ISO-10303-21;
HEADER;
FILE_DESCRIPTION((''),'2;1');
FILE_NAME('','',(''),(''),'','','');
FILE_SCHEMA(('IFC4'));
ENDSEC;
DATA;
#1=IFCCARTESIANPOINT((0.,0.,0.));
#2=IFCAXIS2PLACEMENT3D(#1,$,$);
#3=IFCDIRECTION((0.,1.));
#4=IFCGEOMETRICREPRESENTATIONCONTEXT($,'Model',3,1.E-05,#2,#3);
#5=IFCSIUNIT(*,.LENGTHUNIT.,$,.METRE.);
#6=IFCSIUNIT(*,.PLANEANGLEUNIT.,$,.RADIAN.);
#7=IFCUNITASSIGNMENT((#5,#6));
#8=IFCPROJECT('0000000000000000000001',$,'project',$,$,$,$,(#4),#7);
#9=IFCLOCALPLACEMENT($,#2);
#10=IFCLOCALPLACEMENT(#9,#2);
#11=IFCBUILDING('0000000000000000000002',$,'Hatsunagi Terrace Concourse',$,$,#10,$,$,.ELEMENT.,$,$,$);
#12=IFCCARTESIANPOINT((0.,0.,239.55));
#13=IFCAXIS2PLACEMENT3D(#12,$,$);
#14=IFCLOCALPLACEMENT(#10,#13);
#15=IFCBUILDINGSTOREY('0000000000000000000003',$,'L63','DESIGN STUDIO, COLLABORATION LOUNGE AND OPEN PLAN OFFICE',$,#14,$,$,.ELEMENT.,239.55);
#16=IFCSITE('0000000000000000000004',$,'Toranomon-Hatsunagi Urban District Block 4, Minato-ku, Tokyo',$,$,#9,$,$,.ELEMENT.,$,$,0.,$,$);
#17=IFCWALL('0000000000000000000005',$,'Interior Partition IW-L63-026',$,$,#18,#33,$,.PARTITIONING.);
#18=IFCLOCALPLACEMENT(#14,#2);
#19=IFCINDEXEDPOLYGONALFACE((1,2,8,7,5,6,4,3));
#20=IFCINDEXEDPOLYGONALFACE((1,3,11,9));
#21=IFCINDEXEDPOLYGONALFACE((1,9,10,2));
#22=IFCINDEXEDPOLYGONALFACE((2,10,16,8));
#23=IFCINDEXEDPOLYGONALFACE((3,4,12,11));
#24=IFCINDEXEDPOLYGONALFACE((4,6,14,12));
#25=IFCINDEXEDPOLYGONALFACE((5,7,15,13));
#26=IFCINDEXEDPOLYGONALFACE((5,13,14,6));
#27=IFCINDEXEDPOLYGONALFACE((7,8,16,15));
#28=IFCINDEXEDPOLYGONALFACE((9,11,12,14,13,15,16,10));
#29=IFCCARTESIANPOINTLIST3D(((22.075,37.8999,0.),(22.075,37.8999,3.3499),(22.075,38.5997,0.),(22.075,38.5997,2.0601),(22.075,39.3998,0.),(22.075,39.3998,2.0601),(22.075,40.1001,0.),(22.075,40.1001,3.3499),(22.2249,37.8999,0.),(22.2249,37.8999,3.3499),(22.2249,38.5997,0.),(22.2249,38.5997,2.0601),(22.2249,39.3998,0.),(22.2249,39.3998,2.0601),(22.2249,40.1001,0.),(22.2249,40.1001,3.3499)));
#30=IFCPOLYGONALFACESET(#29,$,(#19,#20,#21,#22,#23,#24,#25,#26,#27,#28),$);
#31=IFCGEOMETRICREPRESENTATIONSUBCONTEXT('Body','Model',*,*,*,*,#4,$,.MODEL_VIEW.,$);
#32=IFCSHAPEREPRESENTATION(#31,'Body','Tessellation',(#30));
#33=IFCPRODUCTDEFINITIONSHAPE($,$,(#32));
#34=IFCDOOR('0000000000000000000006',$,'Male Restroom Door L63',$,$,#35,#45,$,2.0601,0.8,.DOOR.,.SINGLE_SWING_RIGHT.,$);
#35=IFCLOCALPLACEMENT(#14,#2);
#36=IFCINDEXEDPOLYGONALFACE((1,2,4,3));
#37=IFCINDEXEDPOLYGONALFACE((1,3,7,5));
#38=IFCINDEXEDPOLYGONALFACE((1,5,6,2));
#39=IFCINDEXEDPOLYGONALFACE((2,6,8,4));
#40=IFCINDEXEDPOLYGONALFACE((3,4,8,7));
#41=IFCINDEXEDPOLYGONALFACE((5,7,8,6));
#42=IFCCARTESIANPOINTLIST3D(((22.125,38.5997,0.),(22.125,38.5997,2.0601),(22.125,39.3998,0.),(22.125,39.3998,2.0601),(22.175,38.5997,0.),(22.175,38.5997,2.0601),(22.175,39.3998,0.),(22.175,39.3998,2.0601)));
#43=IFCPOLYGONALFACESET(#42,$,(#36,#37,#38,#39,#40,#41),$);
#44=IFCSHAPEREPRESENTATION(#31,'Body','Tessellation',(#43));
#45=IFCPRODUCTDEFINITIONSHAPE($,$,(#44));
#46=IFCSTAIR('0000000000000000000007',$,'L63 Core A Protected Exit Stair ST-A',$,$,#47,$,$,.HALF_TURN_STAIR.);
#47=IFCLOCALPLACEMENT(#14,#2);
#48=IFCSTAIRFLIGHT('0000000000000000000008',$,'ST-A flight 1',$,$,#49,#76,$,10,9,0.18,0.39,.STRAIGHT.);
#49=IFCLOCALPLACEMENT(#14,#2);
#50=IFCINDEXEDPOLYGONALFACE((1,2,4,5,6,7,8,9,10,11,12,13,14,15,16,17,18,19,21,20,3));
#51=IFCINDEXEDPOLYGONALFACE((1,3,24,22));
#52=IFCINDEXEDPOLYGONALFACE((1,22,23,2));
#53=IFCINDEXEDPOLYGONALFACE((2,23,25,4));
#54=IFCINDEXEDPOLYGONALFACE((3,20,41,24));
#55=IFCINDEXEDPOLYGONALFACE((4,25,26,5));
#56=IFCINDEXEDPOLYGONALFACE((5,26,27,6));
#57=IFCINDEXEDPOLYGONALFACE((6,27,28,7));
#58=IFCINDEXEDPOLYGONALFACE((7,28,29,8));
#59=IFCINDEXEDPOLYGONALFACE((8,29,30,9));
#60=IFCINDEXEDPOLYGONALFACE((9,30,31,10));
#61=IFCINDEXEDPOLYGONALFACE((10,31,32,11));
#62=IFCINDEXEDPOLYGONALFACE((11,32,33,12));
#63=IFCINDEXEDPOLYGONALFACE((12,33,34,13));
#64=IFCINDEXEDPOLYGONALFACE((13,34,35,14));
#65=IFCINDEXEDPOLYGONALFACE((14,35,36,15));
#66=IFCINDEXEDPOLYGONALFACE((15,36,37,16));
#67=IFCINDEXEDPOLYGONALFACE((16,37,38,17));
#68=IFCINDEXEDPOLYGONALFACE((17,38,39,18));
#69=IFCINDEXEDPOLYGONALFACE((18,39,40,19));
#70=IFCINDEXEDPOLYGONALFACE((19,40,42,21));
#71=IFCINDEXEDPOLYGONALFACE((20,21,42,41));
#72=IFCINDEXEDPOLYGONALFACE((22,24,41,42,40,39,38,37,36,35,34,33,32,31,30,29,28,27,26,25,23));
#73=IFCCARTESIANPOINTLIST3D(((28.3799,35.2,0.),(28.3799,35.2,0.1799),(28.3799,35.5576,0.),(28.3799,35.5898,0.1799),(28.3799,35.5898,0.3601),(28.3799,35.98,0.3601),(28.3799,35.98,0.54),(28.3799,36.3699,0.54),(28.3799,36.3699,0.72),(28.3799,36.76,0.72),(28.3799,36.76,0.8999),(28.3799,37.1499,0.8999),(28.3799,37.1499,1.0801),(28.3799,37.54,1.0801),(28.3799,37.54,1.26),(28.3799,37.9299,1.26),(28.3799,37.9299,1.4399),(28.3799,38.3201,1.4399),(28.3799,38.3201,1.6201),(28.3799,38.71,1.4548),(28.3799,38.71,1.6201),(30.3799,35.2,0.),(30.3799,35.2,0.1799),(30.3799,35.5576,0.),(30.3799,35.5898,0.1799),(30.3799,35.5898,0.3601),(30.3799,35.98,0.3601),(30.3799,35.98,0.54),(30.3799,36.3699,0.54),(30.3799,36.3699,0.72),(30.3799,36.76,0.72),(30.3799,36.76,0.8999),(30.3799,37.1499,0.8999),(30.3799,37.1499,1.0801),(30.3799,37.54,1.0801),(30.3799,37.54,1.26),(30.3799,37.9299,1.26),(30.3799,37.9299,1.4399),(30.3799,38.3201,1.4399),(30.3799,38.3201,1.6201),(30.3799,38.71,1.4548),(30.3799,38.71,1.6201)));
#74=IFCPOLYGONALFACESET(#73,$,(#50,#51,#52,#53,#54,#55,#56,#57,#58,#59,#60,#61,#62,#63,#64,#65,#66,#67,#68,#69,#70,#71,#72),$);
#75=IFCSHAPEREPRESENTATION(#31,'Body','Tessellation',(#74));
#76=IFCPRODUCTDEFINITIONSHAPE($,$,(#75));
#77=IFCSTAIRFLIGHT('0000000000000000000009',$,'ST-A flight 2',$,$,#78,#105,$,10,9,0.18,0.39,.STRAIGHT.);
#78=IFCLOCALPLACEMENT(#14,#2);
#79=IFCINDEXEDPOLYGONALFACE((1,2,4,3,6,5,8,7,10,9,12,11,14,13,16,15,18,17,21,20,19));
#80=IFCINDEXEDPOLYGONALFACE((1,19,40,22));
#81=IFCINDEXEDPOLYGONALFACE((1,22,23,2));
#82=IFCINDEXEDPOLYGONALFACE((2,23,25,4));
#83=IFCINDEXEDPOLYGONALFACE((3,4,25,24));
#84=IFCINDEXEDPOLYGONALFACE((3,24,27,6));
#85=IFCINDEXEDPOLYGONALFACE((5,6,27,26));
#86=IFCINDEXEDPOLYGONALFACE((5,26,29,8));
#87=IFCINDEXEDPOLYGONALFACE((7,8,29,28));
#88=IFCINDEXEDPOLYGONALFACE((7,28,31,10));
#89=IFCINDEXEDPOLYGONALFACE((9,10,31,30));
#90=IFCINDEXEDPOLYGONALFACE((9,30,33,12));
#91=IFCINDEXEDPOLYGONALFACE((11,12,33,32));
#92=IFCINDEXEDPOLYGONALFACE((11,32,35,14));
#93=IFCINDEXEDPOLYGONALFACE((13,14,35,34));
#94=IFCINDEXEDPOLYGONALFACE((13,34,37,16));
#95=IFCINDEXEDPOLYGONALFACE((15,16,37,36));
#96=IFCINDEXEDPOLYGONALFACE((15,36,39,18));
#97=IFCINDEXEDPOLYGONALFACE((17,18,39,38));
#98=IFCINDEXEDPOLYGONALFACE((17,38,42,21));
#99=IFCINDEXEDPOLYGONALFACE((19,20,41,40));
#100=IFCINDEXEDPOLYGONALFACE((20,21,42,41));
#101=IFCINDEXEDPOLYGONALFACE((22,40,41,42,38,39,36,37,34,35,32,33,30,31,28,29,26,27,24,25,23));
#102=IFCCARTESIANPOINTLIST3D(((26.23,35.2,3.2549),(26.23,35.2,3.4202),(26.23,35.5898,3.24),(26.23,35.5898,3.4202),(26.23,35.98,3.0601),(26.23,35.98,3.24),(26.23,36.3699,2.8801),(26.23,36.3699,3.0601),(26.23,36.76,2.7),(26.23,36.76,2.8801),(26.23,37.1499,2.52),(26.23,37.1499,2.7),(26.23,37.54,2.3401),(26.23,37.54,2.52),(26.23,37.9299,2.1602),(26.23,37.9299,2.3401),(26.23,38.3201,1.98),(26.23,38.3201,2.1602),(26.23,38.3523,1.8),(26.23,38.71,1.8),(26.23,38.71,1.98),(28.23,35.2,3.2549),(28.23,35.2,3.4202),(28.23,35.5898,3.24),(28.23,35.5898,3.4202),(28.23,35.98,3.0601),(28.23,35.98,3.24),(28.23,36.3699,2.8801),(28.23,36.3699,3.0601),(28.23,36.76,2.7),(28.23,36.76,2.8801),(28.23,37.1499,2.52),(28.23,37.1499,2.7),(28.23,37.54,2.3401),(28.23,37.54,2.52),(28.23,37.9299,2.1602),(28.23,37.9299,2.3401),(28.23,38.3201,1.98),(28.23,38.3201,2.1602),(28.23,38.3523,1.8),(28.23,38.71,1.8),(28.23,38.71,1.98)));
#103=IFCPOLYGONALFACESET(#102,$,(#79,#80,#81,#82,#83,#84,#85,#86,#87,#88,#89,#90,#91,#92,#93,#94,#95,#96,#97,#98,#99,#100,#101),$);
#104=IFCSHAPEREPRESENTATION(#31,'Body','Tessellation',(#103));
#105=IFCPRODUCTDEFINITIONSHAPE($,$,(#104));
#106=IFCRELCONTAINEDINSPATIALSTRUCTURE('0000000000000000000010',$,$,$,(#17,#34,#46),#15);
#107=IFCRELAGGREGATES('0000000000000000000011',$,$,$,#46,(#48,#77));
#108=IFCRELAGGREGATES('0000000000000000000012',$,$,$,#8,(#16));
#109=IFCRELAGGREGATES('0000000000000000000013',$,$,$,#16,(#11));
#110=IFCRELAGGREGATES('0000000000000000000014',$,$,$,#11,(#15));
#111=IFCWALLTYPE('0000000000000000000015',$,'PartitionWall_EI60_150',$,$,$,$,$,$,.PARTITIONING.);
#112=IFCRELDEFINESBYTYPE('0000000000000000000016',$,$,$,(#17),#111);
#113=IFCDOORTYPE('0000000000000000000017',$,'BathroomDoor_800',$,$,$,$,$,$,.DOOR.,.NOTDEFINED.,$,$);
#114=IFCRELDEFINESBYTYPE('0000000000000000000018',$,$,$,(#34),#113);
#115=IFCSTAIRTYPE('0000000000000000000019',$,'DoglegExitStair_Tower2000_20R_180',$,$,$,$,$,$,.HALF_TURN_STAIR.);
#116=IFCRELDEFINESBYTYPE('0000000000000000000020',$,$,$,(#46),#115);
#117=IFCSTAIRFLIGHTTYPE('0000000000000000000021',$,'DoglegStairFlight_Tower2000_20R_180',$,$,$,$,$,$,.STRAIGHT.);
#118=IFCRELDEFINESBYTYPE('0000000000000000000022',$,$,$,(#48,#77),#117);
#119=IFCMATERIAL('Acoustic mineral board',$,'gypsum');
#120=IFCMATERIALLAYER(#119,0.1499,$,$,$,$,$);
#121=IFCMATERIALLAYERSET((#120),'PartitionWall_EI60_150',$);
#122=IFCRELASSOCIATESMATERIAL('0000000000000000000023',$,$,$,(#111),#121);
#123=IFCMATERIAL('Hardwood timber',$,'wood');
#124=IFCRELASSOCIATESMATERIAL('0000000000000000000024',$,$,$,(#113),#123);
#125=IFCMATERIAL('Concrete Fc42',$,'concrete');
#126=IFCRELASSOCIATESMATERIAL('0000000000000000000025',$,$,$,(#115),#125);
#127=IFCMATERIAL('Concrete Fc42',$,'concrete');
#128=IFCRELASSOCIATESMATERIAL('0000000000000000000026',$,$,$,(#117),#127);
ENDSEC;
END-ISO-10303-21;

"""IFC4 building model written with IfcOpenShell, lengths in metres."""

from ifc_helpers import new_model, si_unit, direction, frame, frame_2d, origin, place, context, subcontext, project, spatial, polyline, rectangle, outline, extrude, material, layer, layer_set, type_object, element, fill, aggregate, save


model = new_model("IFC4")

# Units and contexts
model_context = context("Model", 3, precision=1e-05, world=origin(), true_north=direction((0.0, 1.0)))
body_context = subcontext(model_context, "Body", "Model", "MODEL_VIEW")
ifc_project = project(units=[si_unit("LENGTHUNIT", "METRE"), si_unit("PLANEANGLEUNIT", "RADIAN")], contexts=[model_context])

# Site, building, storey
site_placement = place(None, origin())
site = spatial("IfcSite", under=ifc_project, at=site_placement, Name="Toranomon-Hatsunagi Urban District Block 4, Minato-ku, Tokyo", CompositionType="ELEMENT", RefElevation=0.0)
building_placement = place(site_placement, origin())
building = spatial("IfcBuilding", under=site, at=building_placement, Name="Hatsunagi Terrace Concourse", CompositionType="ELEMENT")
storey_placement = place(building_placement, frame((0.0, 0.0, 239.55)))
storey = spatial("IfcBuildingStorey", under=building, at=storey_placement, Name="L63", Description="DESIGN STUDIO, COLLABORATION LOUNGE AND OPEN PLAN OFFICE", CompositionType="ELEMENT", Elevation=239.55)

# Shared definitions
ifc_material_1 = material(Name="Acoustic mineral board", Category="gypsum")
ifc_layer_1 = layer(ifc_material_1, 0.1499)
ifc_layer_set_1 = layer_set([ifc_layer_1], Name="PartitionWall_EI60_150")
wall_type_1 = type_object("IfcWallType", Name="PartitionWall_EI60_150", PredefinedType="PARTITIONING", material=ifc_layer_set_1)

# Wall, opening, door
ifc_material_2 = material(Name="Hardwood timber", Category="wood")
door_type = type_object("IfcDoorType", Name="BathroomDoor_800", OperationType="NOTDEFINED", PredefinedType="DOOR", material=ifc_material_2)
wall_1_placement = place(storey_placement, frame((22.1499, 37.8999, 0.0), z_axis=(0.0, 0.0, 1.0), x_axis=(0.0, 1.0, 0.0)))
wall_1 = element("IfcWall", 1, at=wall_1_placement, inside=storey, type_object=wall_type_1, Name="Interior Partition IW-L63-026", PredefinedType="PARTITIONING", context=body_context, shape_type="SweptSolid", body=[
    extrude(rectangle(XDim=2.2002, YDim=0.1499, at=frame_2d((1.1001, 0.0))), origin(), (0.0, 0.0, 1.0), 3.3499),
])
opening_1_placement = place(wall_1_placement, frame((0.7, 0.0, 0.0)))
opening_1 = element("IfcOpeningElement", 2, at=opening_1_placement, cuts=wall_1, PredefinedType="OPENING", context=body_context, shape_type="SweptSolid", body=[
    extrude(rectangle(XDim=0.8, YDim=2.0601, at=frame_2d((0.3999, 1.03))), frame((0.0, 0.085, 0.0), z_axis=(0.0, -1.0, 0.0), x_axis=(1.0, 0.0, 0.0)), (0.0, 0.0, 1.0), 0.1699),
])
door_1_placement = place(opening_1_placement, origin())
door_1 = element("IfcDoor", 3, at=door_1_placement, inside=storey, type_object=door_type, Name="Male Restroom Door L63", OperationType="SINGLE_SWING_RIGHT", OverallHeight=2.0601, OverallWidth=0.8, PredefinedType="DOOR", context=body_context, shape_type="SweptSolid", body=[
    extrude(rectangle(XDim=0.8, YDim=2.0601, at=frame_2d((0.3999, 1.03))), frame((0.0, 0.0249, 0.0), z_axis=(0.0, -1.0, 0.0), x_axis=(1.0, 0.0, 0.0)), (0.0, 0.0, 1.0), 0.05),
])
fill(opening_1, door_1)

# Stair, stair flights
ifc_material_3 = material(Name="Concrete Fc42", Category="concrete")
stair_type = type_object("IfcStairType", Name="DoglegExitStair_Tower2000_20R_180", PredefinedType="HALF_TURN_STAIR", material=ifc_material_3)
stair_placement = place(storey_placement, origin())
stair = element("IfcStair", 4, at=stair_placement, inside=storey, type_object=stair_type, Name="L63 Core A Protected Exit Stair ST-A", PredefinedType="HALF_TURN_STAIR")
ifc_material_4 = material(Name="Concrete Fc42", Category="concrete")
stair_flight_type = type_object("IfcStairFlightType", Name="DoglegStairFlight_Tower2000_20R_180", PredefinedType="STRAIGHT", material=ifc_material_4)
stair_flight_1_placement = place(storey_placement, frame((29.3799, 35.2, 0.0), z_axis=(0.0, 0.0, 1.0), x_axis=(0.0, 1.0, 0.0)))
stair_flight_1 = element("IfcStairFlight", 5, at=stair_flight_1_placement, type_object=stair_flight_type, Name="ST-A flight 1", NumberOfRisers=10, NumberOfTreads=9, PredefinedType="STRAIGHT", RiserHeight=0.18, TreadLength=0.39, context=body_context, shape_type="SweptSolid", body=[
    extrude(outline(polyline([(0.0, 0.0), (0.0, 0.1799), (0.3899, 0.1799), (0.3899, 0.3601), (0.78, 0.3601), (0.78, 0.54), (1.1699, 0.54), (1.1699, 0.72), (1.5601, 0.72), (1.5601, 0.8999), (1.95, 0.8999), (1.95, 1.0801), (2.3401, 1.0801), (2.3401, 1.26), (2.73, 1.26), (2.73, 1.4399), (3.1201, 1.4399), (3.1201, 1.6201), (3.51, 1.6201), (3.51, 1.8), (3.51, 1.4548), (0.3577, 0.0), (0.0, 0.0)])), frame((0.0, 1.0, 0.0), z_axis=(0.0, -1.0, 0.0), x_axis=(1.0, 0.0, 0.0)), (0.0, 0.0, 1.0), 2.0),
])
stair_flight_2_placement = place(storey_placement, frame((27.23, 38.71, 1.8), z_axis=(0.0, 0.0, 1.0), x_axis=(0.0, -1.0, 0.0)))
stair_flight_2 = element("IfcStairFlight", 6, at=stair_flight_2_placement, type_object=stair_flight_type, Name="ST-A flight 2", NumberOfRisers=10, NumberOfTreads=9, PredefinedType="STRAIGHT", RiserHeight=0.18, TreadLength=0.39, context=body_context, shape_type="SweptSolid", body=[
    extrude(outline(polyline([(0.0, 0.0), (0.0, 0.1799), (0.3899, 0.1799), (0.3899, 0.3601), (0.78, 0.3601), (0.78, 0.54), (1.1699, 0.54), (1.1699, 0.72), (1.5601, 0.72), (1.5601, 0.8999), (1.95, 0.8999), (1.95, 1.0801), (2.3401, 1.0801), (2.3401, 1.26), (2.73, 1.26), (2.73, 1.4399), (3.1201, 1.4399), (3.1201, 1.6201), (3.51, 1.6201), (3.51, 1.8), (3.51, 1.4548), (0.3577, 0.0), (0.0, 0.0)])), frame((0.0, 1.0, 0.0), z_axis=(0.0, -1.0, 0.0), x_axis=(1.0, 0.0, 0.0)), (0.0, 0.0, 1.0), 2.0),
])
aggregate(stair, [stair_flight_1, stair_flight_2])

save(model, "model.ifc")
